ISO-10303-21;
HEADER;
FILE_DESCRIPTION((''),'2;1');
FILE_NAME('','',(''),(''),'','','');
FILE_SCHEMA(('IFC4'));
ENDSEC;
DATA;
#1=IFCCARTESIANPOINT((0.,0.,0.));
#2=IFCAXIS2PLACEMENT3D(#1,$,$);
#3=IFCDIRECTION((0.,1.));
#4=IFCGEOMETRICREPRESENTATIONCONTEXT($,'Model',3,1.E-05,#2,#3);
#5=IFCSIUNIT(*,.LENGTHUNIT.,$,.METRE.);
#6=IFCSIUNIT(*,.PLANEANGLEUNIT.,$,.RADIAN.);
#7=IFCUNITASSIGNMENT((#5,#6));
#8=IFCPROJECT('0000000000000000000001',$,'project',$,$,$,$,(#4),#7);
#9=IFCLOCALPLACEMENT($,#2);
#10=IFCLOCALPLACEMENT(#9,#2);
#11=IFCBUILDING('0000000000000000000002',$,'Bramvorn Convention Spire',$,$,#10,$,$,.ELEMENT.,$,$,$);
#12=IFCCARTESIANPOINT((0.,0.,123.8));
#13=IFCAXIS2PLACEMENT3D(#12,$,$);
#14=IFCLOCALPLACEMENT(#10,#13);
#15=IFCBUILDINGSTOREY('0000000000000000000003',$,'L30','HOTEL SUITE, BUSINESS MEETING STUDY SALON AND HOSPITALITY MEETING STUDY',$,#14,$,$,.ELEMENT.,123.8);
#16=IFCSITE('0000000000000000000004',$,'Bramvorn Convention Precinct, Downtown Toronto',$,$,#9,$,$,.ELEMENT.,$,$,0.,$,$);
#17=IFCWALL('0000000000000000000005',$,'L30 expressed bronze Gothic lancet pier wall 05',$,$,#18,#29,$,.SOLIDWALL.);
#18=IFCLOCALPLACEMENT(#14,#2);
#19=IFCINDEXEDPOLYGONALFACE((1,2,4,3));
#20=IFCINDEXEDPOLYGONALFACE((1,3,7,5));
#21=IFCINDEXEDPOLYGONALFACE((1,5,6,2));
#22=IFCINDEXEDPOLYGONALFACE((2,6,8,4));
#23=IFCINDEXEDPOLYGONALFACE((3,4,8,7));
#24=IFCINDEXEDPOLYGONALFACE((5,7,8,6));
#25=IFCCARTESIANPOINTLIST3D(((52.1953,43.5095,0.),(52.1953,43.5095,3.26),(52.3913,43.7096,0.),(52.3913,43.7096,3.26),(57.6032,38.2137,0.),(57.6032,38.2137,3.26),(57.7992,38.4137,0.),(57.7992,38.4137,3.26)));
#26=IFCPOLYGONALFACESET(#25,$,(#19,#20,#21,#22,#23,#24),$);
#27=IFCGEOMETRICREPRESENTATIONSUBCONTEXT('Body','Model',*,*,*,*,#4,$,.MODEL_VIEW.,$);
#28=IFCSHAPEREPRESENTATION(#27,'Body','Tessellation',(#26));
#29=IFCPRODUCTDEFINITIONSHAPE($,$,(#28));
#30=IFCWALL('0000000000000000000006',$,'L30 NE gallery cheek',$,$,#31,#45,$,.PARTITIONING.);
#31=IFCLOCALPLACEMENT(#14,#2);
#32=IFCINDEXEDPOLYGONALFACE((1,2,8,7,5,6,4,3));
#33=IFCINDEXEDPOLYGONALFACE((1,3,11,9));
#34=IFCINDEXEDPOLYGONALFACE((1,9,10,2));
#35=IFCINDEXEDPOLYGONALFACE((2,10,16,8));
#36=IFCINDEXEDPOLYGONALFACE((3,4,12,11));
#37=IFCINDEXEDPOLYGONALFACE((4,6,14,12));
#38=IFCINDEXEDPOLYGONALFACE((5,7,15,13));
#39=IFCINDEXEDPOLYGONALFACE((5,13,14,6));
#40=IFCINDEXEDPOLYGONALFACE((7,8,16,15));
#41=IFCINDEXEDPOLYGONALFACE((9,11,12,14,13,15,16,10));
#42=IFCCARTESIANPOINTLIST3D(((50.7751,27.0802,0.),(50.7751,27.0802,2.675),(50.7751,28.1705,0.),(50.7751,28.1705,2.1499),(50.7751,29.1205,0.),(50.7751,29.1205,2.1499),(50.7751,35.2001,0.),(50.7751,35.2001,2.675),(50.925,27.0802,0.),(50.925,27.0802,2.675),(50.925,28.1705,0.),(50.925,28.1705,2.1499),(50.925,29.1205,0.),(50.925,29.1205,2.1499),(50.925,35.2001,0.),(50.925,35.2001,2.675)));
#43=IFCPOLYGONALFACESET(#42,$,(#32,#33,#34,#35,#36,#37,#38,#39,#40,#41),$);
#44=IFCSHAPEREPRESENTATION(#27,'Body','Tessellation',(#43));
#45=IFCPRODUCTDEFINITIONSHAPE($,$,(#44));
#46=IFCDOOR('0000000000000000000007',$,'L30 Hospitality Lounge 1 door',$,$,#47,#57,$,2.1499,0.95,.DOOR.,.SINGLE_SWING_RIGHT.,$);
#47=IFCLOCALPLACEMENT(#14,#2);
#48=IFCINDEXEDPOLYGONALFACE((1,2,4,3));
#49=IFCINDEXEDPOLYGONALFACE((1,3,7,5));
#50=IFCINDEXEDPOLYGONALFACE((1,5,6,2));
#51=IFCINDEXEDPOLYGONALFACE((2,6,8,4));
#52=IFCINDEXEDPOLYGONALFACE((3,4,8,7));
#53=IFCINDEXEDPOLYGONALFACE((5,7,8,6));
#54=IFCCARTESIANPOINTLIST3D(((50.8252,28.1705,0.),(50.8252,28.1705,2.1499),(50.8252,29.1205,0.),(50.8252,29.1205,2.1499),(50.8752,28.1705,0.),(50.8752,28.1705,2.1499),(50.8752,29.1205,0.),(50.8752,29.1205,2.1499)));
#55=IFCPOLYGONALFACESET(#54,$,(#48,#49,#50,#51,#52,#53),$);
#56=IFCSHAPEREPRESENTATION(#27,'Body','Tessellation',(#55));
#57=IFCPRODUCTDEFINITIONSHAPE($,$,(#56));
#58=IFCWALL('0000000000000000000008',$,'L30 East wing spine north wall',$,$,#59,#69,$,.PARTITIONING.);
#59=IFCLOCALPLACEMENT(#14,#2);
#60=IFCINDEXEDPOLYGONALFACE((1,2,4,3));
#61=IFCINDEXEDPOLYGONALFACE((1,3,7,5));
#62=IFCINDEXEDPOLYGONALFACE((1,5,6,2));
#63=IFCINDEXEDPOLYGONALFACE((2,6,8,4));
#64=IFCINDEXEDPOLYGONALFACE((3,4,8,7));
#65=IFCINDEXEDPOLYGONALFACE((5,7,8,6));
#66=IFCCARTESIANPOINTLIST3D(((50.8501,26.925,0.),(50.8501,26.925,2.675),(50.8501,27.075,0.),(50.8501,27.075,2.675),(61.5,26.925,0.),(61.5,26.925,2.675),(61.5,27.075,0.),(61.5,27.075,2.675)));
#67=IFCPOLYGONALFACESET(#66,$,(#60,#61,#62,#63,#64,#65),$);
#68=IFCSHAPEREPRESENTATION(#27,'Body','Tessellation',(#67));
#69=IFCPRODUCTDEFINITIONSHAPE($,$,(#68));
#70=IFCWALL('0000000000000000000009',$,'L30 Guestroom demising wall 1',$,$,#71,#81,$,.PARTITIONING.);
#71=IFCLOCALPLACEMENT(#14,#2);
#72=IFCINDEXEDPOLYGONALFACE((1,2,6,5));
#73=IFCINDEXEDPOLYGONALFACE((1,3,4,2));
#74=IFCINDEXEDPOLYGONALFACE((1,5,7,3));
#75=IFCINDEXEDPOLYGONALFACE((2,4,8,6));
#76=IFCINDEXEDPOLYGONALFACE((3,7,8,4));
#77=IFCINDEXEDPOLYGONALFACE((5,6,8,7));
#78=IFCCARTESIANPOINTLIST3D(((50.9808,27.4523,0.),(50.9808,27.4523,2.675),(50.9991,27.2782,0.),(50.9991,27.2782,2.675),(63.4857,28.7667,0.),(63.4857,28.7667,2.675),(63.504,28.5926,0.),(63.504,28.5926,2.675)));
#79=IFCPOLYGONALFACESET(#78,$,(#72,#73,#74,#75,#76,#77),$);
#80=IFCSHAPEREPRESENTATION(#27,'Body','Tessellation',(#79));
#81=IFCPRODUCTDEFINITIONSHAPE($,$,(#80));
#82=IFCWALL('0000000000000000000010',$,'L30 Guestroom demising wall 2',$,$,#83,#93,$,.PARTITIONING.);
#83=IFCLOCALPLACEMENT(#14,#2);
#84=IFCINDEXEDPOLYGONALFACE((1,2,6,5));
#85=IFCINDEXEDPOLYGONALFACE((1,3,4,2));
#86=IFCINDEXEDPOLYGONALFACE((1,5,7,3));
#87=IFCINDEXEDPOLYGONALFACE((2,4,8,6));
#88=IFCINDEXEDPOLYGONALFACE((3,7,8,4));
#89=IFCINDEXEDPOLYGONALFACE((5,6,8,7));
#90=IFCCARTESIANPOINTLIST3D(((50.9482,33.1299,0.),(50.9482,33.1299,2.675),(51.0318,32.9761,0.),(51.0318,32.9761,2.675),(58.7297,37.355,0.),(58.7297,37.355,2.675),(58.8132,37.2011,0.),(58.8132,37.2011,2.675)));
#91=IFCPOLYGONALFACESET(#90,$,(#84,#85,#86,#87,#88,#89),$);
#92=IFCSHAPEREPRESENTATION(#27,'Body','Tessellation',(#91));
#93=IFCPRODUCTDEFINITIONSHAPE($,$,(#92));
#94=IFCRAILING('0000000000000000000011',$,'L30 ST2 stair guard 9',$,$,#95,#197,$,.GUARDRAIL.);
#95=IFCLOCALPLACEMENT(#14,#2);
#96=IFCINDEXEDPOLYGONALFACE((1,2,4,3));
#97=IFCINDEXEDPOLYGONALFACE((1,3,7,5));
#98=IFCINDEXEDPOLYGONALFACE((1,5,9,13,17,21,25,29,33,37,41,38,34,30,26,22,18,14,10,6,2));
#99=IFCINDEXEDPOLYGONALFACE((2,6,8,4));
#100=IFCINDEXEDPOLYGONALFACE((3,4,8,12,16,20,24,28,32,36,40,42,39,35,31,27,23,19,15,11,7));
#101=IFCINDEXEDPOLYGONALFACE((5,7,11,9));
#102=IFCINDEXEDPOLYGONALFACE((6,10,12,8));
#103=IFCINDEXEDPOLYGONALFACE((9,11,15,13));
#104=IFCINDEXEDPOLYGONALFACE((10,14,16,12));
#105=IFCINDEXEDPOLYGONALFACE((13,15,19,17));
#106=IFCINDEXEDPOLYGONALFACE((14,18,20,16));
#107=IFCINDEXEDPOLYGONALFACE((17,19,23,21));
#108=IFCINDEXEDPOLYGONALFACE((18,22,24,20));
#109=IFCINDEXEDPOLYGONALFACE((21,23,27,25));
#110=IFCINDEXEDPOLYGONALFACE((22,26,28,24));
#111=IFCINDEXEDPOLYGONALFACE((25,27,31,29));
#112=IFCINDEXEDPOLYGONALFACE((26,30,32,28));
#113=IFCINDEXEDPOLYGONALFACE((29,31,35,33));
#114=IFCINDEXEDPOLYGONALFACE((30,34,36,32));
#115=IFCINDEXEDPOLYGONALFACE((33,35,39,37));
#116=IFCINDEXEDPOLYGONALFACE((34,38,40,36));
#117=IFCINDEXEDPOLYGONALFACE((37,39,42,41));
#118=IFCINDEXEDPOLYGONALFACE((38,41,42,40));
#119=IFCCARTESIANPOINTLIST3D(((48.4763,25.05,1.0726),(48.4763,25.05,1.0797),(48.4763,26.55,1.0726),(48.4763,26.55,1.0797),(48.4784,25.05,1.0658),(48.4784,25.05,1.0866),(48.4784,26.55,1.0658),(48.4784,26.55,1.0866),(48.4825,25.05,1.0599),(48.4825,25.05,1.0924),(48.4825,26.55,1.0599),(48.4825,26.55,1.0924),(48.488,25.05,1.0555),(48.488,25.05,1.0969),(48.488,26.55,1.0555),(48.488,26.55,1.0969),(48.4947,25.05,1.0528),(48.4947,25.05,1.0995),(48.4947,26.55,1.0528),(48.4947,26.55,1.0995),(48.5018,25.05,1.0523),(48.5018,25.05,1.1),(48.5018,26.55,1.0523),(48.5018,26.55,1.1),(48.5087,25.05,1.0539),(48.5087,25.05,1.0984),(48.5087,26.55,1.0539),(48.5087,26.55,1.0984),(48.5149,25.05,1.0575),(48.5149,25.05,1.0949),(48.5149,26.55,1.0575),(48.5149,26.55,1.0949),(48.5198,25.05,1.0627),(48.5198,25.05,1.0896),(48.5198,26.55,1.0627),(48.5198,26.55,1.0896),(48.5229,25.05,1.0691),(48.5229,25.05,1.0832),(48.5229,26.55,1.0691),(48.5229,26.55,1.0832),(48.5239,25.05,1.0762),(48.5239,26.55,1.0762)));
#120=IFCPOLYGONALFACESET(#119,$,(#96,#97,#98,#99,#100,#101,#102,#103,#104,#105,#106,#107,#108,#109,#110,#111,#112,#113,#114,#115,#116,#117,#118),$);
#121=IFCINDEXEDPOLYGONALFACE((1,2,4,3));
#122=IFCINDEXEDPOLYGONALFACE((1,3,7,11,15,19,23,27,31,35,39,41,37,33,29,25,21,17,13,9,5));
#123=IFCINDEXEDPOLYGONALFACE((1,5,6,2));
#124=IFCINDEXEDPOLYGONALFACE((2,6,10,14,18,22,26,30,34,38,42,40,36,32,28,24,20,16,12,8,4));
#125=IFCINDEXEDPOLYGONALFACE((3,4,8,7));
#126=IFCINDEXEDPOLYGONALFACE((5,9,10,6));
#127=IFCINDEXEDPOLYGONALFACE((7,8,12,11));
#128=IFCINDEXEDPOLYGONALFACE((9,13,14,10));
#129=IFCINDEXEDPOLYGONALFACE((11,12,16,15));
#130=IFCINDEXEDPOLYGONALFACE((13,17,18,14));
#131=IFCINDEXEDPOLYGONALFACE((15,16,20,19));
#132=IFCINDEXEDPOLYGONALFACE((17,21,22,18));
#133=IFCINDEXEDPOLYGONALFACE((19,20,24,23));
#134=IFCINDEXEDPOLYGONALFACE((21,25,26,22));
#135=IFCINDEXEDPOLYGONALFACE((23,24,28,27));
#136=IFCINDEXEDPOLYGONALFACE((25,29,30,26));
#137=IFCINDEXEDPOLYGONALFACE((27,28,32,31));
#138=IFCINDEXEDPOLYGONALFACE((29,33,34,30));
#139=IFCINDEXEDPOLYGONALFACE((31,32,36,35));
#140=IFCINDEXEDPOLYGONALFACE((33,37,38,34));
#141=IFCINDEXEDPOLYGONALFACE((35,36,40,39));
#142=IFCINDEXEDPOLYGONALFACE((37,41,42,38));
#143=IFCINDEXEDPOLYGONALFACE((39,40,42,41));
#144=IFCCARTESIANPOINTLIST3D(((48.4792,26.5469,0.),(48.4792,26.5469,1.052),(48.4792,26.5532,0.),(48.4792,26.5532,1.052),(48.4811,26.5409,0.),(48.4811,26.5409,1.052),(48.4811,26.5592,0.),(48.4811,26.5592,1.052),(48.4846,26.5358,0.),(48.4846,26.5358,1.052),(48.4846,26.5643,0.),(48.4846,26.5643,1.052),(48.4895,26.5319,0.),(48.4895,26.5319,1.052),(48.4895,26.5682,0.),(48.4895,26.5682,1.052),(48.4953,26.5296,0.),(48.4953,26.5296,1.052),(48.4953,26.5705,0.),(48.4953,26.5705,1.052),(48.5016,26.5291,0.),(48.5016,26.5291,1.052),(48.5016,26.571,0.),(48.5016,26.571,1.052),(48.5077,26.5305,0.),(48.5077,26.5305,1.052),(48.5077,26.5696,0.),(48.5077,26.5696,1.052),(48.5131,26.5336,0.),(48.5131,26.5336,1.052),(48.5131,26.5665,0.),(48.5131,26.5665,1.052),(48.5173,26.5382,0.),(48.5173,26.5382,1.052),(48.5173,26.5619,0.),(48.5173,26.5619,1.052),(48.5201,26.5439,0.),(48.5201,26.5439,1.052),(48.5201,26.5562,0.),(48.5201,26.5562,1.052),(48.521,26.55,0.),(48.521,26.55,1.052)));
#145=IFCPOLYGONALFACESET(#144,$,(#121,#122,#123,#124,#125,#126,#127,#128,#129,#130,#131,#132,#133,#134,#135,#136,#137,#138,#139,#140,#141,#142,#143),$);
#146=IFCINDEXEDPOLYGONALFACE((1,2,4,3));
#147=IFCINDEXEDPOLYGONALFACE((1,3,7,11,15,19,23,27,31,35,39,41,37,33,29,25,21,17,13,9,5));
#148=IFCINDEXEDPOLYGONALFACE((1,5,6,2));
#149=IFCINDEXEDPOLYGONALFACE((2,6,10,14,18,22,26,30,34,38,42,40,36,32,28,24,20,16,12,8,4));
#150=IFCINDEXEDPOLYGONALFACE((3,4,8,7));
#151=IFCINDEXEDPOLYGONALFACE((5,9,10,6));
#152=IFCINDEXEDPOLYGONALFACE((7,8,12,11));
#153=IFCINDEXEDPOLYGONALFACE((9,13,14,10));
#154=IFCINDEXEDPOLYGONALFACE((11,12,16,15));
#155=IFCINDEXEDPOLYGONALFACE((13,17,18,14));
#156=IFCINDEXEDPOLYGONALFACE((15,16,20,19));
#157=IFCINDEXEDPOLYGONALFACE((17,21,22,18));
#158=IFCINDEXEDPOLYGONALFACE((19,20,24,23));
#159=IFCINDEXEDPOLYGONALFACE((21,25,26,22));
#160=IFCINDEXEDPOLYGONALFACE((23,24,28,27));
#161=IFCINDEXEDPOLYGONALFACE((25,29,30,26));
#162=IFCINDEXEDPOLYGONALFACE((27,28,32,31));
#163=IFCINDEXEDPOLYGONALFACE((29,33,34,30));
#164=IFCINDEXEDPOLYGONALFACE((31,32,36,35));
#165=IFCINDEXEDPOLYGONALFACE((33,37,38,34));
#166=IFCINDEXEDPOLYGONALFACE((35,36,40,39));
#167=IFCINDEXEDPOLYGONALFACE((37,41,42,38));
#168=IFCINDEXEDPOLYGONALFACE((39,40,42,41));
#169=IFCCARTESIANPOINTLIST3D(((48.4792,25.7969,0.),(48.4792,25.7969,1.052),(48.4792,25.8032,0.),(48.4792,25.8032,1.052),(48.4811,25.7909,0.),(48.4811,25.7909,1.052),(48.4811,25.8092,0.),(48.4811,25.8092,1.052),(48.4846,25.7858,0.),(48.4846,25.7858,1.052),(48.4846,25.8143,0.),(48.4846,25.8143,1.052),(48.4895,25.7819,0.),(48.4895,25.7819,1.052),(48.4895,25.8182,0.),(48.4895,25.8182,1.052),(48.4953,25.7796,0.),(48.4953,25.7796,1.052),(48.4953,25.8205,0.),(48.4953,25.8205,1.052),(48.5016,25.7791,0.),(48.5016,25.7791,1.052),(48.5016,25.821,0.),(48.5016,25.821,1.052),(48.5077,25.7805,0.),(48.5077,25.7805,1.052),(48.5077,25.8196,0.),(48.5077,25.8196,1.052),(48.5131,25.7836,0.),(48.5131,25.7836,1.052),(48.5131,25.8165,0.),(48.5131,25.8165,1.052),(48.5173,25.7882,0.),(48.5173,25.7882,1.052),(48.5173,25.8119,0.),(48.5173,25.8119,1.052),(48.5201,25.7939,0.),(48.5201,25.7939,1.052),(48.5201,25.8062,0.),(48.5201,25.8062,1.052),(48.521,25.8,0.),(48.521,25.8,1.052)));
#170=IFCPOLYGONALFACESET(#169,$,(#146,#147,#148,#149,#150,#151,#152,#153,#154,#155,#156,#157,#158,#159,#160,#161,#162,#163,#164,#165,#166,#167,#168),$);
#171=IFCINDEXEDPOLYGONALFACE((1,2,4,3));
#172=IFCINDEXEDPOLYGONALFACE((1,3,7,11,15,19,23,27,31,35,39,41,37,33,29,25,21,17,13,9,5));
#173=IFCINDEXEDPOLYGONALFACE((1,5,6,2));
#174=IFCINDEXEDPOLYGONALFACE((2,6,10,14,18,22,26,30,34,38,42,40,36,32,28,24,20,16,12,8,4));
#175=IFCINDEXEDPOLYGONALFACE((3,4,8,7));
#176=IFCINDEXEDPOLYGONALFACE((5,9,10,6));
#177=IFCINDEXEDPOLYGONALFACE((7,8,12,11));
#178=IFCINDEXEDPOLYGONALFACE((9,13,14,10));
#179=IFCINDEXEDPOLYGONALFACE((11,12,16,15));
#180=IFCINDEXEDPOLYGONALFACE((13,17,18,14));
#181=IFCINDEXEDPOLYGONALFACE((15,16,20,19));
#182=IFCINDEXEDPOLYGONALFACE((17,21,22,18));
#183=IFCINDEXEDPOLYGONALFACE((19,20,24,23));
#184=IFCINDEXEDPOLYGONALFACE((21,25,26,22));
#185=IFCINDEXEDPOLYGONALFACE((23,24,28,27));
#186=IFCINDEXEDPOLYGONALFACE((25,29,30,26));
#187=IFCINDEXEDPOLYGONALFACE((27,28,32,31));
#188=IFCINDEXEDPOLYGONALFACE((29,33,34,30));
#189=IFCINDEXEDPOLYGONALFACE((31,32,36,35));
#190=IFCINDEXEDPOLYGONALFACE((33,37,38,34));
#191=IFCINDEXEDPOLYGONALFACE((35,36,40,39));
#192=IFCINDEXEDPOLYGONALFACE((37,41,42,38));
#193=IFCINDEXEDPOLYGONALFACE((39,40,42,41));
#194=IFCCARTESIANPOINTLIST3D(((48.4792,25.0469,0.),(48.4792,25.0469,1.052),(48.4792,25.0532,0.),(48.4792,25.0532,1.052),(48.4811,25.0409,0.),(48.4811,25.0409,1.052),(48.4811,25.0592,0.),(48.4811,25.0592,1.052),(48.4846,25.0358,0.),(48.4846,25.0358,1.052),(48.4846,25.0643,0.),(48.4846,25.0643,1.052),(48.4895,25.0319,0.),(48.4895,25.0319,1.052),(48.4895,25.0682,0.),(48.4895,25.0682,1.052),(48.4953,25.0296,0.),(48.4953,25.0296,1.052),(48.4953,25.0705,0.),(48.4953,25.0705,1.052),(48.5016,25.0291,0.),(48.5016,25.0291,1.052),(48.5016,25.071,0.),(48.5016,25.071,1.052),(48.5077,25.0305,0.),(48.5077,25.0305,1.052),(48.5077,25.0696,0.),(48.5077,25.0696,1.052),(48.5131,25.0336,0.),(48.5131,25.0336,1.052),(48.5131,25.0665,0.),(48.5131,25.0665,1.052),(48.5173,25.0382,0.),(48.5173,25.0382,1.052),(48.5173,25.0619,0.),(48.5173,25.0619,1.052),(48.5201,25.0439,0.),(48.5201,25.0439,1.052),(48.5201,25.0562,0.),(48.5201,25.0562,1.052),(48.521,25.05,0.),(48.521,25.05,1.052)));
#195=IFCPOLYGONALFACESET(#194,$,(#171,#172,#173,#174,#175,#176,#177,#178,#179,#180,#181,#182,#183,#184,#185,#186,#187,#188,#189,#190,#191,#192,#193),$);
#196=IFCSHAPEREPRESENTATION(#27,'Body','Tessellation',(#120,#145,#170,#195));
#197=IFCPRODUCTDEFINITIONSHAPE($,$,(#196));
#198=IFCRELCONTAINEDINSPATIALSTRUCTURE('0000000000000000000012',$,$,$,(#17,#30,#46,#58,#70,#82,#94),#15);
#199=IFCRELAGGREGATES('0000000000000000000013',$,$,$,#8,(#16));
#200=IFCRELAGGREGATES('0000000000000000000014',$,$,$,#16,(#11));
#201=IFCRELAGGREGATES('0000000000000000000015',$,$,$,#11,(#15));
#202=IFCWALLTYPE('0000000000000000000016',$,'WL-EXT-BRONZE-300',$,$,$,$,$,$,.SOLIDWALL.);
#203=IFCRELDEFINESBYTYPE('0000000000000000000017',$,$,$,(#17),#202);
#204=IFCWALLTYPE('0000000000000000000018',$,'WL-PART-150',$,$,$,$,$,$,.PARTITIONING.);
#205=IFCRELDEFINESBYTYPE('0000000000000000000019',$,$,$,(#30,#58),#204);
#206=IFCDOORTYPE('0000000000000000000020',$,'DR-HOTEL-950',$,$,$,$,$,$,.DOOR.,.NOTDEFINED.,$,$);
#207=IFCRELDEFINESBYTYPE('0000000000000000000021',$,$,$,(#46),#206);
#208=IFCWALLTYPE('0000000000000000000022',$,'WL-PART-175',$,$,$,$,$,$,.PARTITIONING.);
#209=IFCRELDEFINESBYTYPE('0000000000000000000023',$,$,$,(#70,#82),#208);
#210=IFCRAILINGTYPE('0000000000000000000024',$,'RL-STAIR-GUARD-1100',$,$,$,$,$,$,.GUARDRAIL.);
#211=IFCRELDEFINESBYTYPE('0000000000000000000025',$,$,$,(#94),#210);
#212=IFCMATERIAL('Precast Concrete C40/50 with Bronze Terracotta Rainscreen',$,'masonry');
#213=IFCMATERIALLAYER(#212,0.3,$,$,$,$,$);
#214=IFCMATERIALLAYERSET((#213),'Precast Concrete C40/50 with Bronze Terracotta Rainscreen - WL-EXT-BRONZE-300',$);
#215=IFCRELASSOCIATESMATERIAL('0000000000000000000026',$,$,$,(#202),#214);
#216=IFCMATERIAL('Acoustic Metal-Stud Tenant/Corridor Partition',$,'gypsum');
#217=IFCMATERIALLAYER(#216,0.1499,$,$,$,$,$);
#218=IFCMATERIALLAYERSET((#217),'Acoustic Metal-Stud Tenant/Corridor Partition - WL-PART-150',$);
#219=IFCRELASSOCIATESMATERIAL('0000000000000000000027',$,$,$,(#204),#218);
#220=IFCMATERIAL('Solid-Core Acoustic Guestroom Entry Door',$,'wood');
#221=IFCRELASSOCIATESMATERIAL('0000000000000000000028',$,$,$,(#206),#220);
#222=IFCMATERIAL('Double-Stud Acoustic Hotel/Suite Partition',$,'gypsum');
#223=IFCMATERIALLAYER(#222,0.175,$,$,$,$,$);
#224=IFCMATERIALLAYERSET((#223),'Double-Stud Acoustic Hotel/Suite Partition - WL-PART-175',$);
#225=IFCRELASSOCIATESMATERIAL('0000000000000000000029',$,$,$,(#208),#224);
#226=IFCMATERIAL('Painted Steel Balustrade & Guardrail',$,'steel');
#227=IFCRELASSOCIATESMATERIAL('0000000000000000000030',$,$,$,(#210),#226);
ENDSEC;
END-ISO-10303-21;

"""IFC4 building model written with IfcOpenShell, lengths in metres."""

from ifc_helpers import new_model, si_unit, direction, frame, frame_2d, origin, origin_2d, place, context, subcontext, project, spatial, rectangle, circle, extrude, material, layer, layer_set, type_object, element, fill, save


model = new_model("IFC4")

# Units and contexts
model_context = context("Model", 3, precision=1e-05, world=origin(), true_north=direction((0.0, 1.0)))
body_context = subcontext(model_context, "Body", "Model", "MODEL_VIEW")
ifc_project = project(units=[si_unit("LENGTHUNIT", "METRE"), si_unit("PLANEANGLEUNIT", "RADIAN")], contexts=[model_context])

# Site, building, storey
site_placement = place(None, origin())
site = spatial("IfcSite", under=ifc_project, at=site_placement, Name="Bramvorn Convention Precinct, Downtown Toronto", CompositionType="ELEMENT", RefElevation=0.0)
building_placement = place(site_placement, origin())
building = spatial("IfcBuilding", under=site, at=building_placement, Name="Bramvorn Convention Spire", CompositionType="ELEMENT")
storey_placement = place(building_placement, frame((0.0, 0.0, 123.8)))
storey = spatial("IfcBuildingStorey", under=building, at=storey_placement, Name="L30", Description="HOTEL SUITE, BUSINESS MEETING STUDY SALON AND HOSPITALITY MEETING STUDY", CompositionType="ELEMENT", Elevation=123.8)

# Wall
ifc_material_1 = material(Name="Precast Concrete C40/50 with Bronze Terracotta Rainscreen", Category="masonry")
ifc_layer_1 = layer(ifc_material_1, 0.3)
ifc_layer_set_1 = layer_set([ifc_layer_1], Name="Precast Concrete C40/50 with Bronze Terracotta Rainscreen - WL-EXT-BRONZE-300")
wall_type_1 = type_object("IfcWallType", Name="WL-EXT-BRONZE-300", PredefinedType="SOLIDWALL", material=ifc_layer_set_1)
wall_1_placement = place(storey_placement, frame((52.2932, 43.6096, 0.0), z_axis=(0.0, 0.0, 1.0), x_axis=(0.71447, -0.699666, 0.0)))
element("IfcWall", 1, at=wall_1_placement, inside=storey, type_object=wall_type_1, Name="L30 expressed bronze Gothic lancet pier wall 05", PredefinedType="SOLIDWALL", context=body_context, shape_type="SweptSolid", body=[
    extrude(rectangle(XDim=7.5691, YDim=0.28, at=frame_2d((3.7847, 0.0))), origin(), (0.0, 0.0, 1.0), 3.26),
])

# Wall, opening, door
ifc_material_2 = material(Name="Acoustic Metal-Stud Tenant/Corridor Partition", Category="gypsum")
ifc_layer_2 = layer(ifc_material_2, 0.1499)
ifc_layer_set_2 = layer_set([ifc_layer_2], Name="Acoustic Metal-Stud Tenant/Corridor Partition - WL-PART-150")
wall_type_2 = type_object("IfcWallType", Name="WL-PART-150", PredefinedType="PARTITIONING", material=ifc_layer_set_2)
wall_2_placement = place(storey_placement, frame((50.8501, 27.0801, 0.0), z_axis=(0.0, 0.0, 1.0), x_axis=(0.0, 1.0, 0.0)))
wall_2 = element("IfcWall", 2, at=wall_2_placement, inside=storey, type_object=wall_type_2, Name="L30 NE gallery cheek", PredefinedType="PARTITIONING", context=body_context, shape_type="SweptSolid", body=[
    extrude(rectangle(XDim=8.1199, YDim=0.1499, at=frame_2d((4.0601, 0.0))), origin(), (0.0, 0.0, 1.0), 2.675),
])
opening_placement = place(wall_2_placement, frame((1.0903, 0.0, 0.0)))
opening = element("IfcOpeningElement", 3, at=opening_placement, cuts=wall_2, PredefinedType="OPENING", context=body_context, shape_type="SweptSolid", body=[
    extrude(rectangle(XDim=0.95, YDim=2.1499, at=frame_2d((0.4751, 1.075))), frame((0.0, 0.085, 0.0), z_axis=(0.0, -1.0, 0.0), x_axis=(1.0, 0.0, 0.0)), (0.0, 0.0, 1.0), 0.1699),
])
ifc_material_3 = material(Name="Solid-Core Acoustic Guestroom Entry Door", Category="wood")
door_type = type_object("IfcDoorType", Name="DR-HOTEL-950", OperationType="NOTDEFINED", PredefinedType="DOOR", material=ifc_material_3)
door_placement = place(opening_placement, origin())
door = element("IfcDoor", 4, at=door_placement, inside=storey, type_object=door_type, Name="L30 Hospitality Lounge 1 door", OperationType="SINGLE_SWING_RIGHT", OverallHeight=2.1499, OverallWidth=0.95, PredefinedType="DOOR", context=body_context, shape_type="SweptSolid", body=[
    extrude(rectangle(XDim=0.95, YDim=2.1499, at=frame_2d((0.4751, 1.075))), frame((0.0, 0.0249, 0.0), z_axis=(0.0, -1.0, 0.0), x_axis=(1.0, 0.0, 0.0)), (0.0, 0.0, 1.0), 0.05),
])
fill(opening, door)

# Walls
wall_3_placement = place(storey_placement, frame((50.8501, 27.0, 0.0), z_axis=(0.0, 0.0, 1.0), x_axis=(1.0, 0.0, 0.0)))
element("IfcWall", 5, at=wall_3_placement, inside=storey, type_object=wall_type_2, Name="L30 East wing spine north wall", PredefinedType="PARTITIONING", context=body_context, shape_type="SweptSolid", body=[
    extrude(rectangle(XDim=10.6499, YDim=0.1499, at=frame_2d((5.325, 0.0))), origin(), (0.0, 0.0, 1.0), 2.675),
])
ifc_material_4 = material(Name="Double-Stud Acoustic Hotel/Suite Partition", Category="gypsum")
ifc_layer_3 = layer(ifc_material_4, 0.175)
ifc_layer_set_3 = layer_set([ifc_layer_3], Name="Double-Stud Acoustic Hotel/Suite Partition - WL-PART-175")
wall_type_3 = type_object("IfcWallType", Name="WL-PART-175", PredefinedType="PARTITIONING", material=ifc_layer_set_3)
wall_4_placement = place(storey_placement, frame((50.99, 27.3652, 0.0), z_axis=(0.0, 0.0, 1.0), x_axis=(0.994521, 0.104539, 0.0)))
element("IfcWall", 6, at=wall_4_placement, inside=storey, type_object=wall_type_3, Name="L30 Guestroom demising wall 1", PredefinedType="PARTITIONING", context=body_context, shape_type="SweptSolid", body=[
    extrude(rectangle(XDim=12.5737, YDim=0.175, at=frame_2d((6.2869, 0.0))), origin(), (0.0, 0.0, 1.0), 2.675),
])
wall_5_placement = place(storey_placement, frame((50.99, 33.053, 0.0), z_axis=(0.0, 0.0, 1.0), x_axis=(0.878813, 0.477167, 0.0)))
element("IfcWall", 7, at=wall_5_placement, inside=storey, type_object=wall_type_3, Name="L30 Guestroom demising wall 2", PredefinedType="PARTITIONING", context=body_context, shape_type="SweptSolid", body=[
    extrude(rectangle(XDim=8.8545, YDim=0.175, at=frame_2d((4.4272, 0.0))), origin(), (0.0, 0.0, 1.0), 2.675),
])

# Railing
ifc_material_5 = material(Name="Painted Steel Balustrade & Guardrail", Category="steel")
railing_type = type_object("IfcRailingType", Name="RL-STAIR-GUARD-1100", PredefinedType="GUARDRAIL", material=ifc_material_5)
railing_placement = place(storey_placement, frame((48.5, 26.55, 0.0)))
element("IfcRailing", 8, at=railing_placement, inside=storey, type_object=railing_type, Name="L30 ST2 stair guard 9", PredefinedType="GUARDRAIL", context=body_context, shape_type="SweptSolid", body=[
    extrude(circle(Radius=0.0239, at=origin_2d()), frame((0.0, 0.0, 1.0762), z_axis=(0.0, -1.0, 0.0), x_axis=(1.0, 0.0, 0.0)), (0.0, 0.0, 1.0), 1.5),
    extrude(circle(Radius=0.021, at=origin_2d()), origin(), (0.0, 0.0, 1.0), 1.052),
    extrude(circle(Radius=0.021, at=origin_2d()), frame((0.0, -0.75, 0.0)), (0.0, 0.0, 1.0), 1.052),
    extrude(circle(Radius=0.021, at=origin_2d()), frame((0.0, -1.5, 0.0)), (0.0, 0.0, 1.0), 1.052),
])

save(model, "model.ifc")
